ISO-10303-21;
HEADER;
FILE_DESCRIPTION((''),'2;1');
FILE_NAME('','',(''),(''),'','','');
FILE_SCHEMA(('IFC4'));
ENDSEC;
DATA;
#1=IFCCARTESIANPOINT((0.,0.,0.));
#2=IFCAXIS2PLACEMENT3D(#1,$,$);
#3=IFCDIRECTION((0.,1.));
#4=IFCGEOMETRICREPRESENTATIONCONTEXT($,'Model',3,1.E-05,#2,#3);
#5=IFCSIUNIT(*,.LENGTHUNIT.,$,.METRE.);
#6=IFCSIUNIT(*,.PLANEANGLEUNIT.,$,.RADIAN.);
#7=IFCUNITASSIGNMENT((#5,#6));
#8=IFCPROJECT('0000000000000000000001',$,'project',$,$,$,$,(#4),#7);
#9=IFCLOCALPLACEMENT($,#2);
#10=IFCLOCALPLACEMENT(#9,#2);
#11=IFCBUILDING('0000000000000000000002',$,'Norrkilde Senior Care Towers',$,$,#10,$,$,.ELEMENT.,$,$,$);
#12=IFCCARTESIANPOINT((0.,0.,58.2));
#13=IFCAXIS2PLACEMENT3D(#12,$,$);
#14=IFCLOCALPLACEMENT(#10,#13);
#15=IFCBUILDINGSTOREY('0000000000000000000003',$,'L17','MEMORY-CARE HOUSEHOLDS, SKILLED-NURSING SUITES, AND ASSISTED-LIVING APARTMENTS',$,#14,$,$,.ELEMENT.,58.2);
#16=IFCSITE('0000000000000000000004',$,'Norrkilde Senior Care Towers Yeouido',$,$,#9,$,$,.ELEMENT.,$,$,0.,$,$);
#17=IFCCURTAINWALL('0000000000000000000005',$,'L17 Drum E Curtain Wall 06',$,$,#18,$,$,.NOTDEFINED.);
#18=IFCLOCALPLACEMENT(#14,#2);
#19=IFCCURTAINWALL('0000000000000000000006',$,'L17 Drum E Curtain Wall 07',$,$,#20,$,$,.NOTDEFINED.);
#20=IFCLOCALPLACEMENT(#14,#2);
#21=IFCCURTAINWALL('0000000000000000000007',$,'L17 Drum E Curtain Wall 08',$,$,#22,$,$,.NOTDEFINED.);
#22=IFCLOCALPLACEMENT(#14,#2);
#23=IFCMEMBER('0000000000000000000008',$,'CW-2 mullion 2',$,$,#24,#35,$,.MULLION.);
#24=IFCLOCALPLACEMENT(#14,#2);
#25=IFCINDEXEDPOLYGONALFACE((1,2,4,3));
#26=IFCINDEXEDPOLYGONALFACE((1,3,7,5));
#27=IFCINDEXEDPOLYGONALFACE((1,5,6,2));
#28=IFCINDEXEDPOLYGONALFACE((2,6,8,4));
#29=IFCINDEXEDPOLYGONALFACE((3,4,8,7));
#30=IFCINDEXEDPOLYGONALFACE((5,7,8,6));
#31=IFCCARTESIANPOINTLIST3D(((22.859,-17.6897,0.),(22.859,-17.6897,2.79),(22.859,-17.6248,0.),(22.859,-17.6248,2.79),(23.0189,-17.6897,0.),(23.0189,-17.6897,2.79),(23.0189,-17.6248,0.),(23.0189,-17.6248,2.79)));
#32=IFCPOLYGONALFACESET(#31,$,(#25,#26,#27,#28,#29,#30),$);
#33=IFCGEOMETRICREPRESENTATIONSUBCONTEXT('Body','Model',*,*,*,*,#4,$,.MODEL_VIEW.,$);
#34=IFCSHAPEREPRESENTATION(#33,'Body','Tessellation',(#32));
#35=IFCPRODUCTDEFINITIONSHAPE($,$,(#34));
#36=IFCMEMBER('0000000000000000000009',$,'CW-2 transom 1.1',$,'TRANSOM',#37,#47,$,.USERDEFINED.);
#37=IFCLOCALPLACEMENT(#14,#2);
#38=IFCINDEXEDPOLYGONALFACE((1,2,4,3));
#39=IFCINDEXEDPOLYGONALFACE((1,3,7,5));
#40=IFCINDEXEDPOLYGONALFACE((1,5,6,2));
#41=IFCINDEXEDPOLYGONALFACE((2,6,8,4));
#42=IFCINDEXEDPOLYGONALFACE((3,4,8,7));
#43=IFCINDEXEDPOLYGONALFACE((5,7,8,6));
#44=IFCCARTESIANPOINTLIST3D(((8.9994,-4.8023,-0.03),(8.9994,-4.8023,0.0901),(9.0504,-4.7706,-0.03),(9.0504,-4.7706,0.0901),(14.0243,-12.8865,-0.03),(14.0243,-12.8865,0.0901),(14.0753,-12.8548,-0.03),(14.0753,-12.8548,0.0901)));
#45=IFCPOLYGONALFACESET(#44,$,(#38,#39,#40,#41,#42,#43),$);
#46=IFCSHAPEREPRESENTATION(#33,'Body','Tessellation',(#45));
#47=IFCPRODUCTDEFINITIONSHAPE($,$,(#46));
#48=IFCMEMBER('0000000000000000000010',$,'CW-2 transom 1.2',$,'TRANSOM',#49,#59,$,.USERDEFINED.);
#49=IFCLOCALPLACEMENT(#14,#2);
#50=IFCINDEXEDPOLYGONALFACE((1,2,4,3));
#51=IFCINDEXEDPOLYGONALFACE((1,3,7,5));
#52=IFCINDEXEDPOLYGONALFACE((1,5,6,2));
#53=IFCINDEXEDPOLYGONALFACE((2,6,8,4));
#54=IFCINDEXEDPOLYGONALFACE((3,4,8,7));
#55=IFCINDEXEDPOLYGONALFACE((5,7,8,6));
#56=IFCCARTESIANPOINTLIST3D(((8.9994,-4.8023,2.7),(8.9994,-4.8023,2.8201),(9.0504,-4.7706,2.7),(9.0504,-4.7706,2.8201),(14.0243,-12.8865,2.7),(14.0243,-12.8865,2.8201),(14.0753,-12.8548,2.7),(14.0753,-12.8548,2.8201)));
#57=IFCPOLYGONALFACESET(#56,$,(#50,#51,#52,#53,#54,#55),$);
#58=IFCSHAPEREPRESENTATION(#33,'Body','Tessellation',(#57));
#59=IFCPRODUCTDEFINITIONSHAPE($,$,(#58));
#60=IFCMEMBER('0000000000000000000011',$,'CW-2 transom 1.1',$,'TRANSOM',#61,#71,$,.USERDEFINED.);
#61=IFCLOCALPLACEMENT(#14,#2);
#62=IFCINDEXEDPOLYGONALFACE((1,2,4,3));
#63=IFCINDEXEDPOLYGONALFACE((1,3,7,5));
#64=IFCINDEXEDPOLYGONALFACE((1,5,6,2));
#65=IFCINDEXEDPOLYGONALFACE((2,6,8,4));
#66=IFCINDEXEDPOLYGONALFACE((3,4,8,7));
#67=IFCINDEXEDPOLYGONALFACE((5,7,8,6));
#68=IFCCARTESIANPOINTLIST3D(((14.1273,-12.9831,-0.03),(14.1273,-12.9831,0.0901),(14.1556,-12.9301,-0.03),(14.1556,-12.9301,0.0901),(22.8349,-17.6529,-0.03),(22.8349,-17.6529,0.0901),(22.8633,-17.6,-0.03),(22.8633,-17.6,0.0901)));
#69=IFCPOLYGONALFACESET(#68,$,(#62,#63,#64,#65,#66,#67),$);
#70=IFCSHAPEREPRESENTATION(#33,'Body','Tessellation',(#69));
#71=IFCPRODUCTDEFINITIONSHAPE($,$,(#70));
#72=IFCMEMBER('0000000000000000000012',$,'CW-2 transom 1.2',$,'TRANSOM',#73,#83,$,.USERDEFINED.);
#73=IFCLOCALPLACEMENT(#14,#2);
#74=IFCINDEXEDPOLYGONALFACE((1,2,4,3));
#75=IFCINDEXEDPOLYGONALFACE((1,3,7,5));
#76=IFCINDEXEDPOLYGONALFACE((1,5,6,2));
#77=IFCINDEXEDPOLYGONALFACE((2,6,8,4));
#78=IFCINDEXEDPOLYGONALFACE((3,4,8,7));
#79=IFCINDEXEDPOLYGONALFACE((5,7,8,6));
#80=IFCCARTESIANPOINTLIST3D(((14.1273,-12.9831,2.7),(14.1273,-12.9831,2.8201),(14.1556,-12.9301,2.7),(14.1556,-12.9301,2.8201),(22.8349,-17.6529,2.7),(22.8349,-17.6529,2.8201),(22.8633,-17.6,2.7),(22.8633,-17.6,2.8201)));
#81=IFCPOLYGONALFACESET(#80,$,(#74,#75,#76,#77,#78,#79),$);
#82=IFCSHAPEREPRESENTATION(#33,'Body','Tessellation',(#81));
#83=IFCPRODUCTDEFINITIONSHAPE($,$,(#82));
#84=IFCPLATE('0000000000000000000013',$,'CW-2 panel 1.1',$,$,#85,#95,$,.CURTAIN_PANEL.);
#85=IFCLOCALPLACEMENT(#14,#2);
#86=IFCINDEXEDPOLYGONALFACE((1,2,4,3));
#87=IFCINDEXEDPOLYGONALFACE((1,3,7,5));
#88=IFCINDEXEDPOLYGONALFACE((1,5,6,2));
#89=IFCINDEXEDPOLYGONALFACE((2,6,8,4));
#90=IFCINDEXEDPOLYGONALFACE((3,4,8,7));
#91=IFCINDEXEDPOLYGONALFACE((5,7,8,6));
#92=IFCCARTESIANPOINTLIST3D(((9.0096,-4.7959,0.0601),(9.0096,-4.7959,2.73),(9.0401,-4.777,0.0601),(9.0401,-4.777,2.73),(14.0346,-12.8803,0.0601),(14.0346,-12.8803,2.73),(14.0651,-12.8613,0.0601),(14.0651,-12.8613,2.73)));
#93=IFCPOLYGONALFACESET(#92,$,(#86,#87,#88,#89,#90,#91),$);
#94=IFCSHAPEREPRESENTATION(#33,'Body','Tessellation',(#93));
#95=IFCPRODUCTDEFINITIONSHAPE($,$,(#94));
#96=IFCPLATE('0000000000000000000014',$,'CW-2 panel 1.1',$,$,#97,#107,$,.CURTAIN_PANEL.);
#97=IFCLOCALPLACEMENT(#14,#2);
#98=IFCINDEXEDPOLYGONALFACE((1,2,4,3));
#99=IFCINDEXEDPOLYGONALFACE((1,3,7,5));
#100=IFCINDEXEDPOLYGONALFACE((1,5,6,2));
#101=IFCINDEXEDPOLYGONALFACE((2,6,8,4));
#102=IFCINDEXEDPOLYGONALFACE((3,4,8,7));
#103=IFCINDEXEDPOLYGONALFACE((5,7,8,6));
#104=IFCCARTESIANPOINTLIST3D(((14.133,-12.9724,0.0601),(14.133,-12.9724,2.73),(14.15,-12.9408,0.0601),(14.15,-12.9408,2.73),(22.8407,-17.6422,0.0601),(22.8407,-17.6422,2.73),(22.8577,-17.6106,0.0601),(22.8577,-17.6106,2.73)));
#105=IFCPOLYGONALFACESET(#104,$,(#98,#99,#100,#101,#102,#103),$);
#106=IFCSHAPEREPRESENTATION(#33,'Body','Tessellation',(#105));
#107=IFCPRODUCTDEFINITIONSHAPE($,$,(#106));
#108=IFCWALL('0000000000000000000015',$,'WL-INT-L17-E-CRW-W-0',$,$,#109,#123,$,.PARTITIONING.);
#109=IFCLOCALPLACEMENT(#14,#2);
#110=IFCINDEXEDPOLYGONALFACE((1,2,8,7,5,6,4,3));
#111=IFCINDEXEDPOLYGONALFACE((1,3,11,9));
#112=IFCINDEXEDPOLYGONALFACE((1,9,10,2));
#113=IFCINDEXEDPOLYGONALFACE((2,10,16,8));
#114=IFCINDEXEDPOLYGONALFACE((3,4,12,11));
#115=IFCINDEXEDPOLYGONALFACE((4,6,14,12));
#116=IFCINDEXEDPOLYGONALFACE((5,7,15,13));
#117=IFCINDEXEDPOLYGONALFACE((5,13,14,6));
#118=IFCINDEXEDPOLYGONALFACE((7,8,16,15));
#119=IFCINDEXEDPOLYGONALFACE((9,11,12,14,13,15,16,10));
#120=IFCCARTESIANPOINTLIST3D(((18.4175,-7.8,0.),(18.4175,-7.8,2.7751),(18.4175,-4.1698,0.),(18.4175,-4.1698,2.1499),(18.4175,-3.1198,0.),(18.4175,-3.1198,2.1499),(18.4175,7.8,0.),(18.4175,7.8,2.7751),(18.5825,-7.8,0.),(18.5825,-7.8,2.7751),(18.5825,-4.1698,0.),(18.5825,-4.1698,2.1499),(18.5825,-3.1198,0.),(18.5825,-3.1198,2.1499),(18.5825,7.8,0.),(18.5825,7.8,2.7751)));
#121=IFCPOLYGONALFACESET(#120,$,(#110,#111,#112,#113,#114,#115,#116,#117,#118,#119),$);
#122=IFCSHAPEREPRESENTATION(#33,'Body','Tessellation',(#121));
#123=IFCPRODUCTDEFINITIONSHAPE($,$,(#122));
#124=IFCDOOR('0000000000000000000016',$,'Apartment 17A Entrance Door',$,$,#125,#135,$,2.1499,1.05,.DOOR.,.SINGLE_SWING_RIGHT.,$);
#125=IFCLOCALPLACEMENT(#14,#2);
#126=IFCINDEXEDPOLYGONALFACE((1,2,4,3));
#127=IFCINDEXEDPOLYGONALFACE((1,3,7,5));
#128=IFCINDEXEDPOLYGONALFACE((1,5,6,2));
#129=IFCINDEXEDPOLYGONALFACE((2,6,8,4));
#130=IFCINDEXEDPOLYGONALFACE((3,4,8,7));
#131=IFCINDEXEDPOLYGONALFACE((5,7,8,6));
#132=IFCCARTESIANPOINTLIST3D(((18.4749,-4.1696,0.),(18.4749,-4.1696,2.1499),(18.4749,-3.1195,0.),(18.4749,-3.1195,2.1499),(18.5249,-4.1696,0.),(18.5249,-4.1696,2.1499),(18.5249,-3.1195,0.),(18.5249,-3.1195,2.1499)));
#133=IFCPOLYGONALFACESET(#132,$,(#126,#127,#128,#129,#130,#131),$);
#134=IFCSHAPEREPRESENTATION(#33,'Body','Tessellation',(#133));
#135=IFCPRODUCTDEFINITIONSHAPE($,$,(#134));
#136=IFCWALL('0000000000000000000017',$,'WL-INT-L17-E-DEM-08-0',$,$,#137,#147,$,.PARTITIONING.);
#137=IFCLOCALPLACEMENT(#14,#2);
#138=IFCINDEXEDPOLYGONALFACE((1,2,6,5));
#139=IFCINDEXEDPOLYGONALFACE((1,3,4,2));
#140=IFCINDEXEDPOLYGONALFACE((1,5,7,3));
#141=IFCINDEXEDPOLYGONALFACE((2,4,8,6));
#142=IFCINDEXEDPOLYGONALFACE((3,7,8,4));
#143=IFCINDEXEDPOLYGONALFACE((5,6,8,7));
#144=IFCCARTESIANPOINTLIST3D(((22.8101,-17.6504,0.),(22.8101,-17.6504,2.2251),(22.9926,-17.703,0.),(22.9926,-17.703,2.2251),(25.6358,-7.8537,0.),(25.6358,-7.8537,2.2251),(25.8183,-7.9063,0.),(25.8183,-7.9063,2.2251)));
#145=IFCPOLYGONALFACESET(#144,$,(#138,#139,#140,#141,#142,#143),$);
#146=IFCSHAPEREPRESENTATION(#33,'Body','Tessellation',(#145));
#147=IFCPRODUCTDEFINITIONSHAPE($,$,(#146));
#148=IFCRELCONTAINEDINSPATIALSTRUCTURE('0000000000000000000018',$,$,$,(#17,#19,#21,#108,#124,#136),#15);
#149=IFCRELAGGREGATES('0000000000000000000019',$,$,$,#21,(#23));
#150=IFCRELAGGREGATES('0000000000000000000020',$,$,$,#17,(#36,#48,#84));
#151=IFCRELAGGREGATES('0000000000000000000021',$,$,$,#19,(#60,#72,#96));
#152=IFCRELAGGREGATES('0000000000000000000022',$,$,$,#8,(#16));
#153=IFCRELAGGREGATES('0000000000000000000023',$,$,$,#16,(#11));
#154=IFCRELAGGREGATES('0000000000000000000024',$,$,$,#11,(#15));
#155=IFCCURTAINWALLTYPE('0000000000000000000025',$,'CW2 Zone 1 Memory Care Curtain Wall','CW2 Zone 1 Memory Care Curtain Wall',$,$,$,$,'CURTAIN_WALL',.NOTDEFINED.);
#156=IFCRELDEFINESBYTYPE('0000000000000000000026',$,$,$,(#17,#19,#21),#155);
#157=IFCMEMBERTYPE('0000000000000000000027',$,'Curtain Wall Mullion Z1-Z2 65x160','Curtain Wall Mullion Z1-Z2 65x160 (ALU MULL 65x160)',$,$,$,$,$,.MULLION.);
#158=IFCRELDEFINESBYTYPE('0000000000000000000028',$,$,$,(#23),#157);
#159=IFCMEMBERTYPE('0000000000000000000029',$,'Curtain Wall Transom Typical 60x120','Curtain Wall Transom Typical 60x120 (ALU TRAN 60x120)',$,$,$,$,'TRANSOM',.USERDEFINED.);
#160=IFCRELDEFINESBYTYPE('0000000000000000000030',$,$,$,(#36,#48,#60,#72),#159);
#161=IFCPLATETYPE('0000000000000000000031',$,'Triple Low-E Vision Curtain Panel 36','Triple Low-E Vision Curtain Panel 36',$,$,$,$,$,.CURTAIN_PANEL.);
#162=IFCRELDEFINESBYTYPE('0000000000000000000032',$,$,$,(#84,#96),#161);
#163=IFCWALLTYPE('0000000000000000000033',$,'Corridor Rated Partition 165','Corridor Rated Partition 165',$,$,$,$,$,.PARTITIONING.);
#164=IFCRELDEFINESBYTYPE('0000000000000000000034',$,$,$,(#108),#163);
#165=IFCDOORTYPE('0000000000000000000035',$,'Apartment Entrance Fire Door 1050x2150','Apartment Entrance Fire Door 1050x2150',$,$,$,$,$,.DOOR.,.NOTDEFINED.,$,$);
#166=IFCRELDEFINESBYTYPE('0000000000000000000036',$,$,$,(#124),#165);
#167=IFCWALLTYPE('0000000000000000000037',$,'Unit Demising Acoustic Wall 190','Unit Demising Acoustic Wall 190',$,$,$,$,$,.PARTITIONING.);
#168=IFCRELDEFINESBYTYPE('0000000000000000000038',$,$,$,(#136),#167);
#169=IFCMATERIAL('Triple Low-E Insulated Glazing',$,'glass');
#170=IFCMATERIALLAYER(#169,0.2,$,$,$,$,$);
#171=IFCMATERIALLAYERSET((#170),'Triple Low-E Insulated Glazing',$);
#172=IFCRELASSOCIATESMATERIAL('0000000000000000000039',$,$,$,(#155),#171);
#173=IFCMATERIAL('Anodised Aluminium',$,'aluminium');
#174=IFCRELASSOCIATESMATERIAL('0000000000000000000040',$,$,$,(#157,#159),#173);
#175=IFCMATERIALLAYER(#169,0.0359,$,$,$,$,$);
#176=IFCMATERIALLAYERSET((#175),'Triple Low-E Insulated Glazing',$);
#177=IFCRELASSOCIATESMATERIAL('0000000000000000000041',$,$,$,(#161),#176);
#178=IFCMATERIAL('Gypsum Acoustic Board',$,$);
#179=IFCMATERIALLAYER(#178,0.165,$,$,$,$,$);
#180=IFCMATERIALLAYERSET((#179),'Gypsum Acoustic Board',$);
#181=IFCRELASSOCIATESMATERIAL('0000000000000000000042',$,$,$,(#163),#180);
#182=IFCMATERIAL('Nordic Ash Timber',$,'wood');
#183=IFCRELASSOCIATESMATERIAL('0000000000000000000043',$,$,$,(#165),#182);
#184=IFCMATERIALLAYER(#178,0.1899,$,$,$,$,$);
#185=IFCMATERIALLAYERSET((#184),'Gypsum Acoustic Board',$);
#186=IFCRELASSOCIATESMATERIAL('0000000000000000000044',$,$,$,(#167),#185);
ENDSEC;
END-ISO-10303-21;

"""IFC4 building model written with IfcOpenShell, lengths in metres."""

from ifc_helpers import new_model, si_unit, direction, frame, frame_2d, origin, origin_2d, place, context, subcontext, project, spatial, rectangle, extrude, source, transform, mapped, material, layer, layer_set, material_profile, profile_set, type_object, type_shapes, element, fill, aggregate, save


model = new_model("IFC4")

# Units and contexts
model_context = context("Model", 3, precision=1e-05, world=origin(), true_north=direction((0.0, 1.0)))
body_context = subcontext(model_context, "Body", "Model", "MODEL_VIEW")
ifc_project = project(units=[si_unit("LENGTHUNIT", "METRE"), si_unit("PLANEANGLEUNIT", "RADIAN")], contexts=[model_context])

# Site, building, storey
site_placement = place(None, origin())
site = spatial("IfcSite", under=ifc_project, at=site_placement, Name="Norrkilde Senior Care Towers Yeouido", CompositionType="ELEMENT", RefElevation=0.0)
building_placement = place(site_placement, origin())
building = spatial("IfcBuilding", under=site, at=building_placement, Name="Norrkilde Senior Care Towers", CompositionType="ELEMENT")
storey_placement = place(building_placement, frame((0.0, 0.0, 58.2)))
storey = spatial("IfcBuildingStorey", under=building, at=storey_placement, Name="L17", Description="MEMORY-CARE HOUSEHOLDS, SKILLED-NURSING SUITES, AND ASSISTED-LIVING APARTMENTS", CompositionType="ELEMENT", Elevation=58.2)

# Curtain wall
ifc_material_1 = material(Name="Triple Low-E Insulated Glazing", Category="glass")
ifc_layer_1 = layer(ifc_material_1, 0.2)
ifc_layer_set_1 = layer_set([ifc_layer_1], Name="Triple Low-E Insulated Glazing")
curtain_wall_type = type_object("IfcCurtainWallType", Name="CW2 Zone 1 Memory Care Curtain Wall", Description="CW2 Zone 1 Memory Care Curtain Wall", ElementType="CURTAIN_WALL", PredefinedType="NOTDEFINED", material=ifc_layer_set_1)
curtain_wall_1_placement = place(storey_placement, origin())
curtain_wall_1 = element("IfcCurtainWall", 1, at=curtain_wall_1_placement, inside=storey, type_object=curtain_wall_type, Name="L17 Drum E Curtain Wall 06", PredefinedType="NOTDEFINED")
ifc_material_2 = material(Name="Anodised Aluminium", Category="aluminium")
ifc_material_profile_1 = material_profile(ifc_material_2, rectangle(XDim=0.0649, YDim=0.1599, at=origin_2d()), Name="ALU MULL 65x160")
ifc_profile_set_1 = profile_set([ifc_material_profile_1], Name="Anodised Aluminium")
member_type_1 = type_object("IfcMemberType", Name="Curtain Wall Mullion Z1-Z2 65x160", Description="Curtain Wall Mullion Z1-Z2 65x160 (ALU MULL 65x160)", PredefinedType="MULLION", material=ifc_profile_set_1)
shared_shape_1 = source(origin(), body_context, "Body", "SweptSolid", [
    extrude(rectangle(XDim=0.0649, YDim=0.1599, at=origin_2d()), origin(), (0.0, 0.0, 1.0), 2.79),
])
type_shapes(member_type_1, [shared_shape_1])

# Curtain wall
curtain_wall_2_placement = place(storey_placement, origin())
curtain_wall_2 = element("IfcCurtainWall", 2, at=curtain_wall_2_placement, inside=storey, type_object=curtain_wall_type, Name="L17 Drum E Curtain Wall 07", PredefinedType="NOTDEFINED")

# Curtain wall, member
curtain_wall_3_placement = place(storey_placement, origin())
curtain_wall_3 = element("IfcCurtainWall", 3, at=curtain_wall_3_placement, inside=storey, type_object=curtain_wall_type, Name="L17 Drum E Curtain Wall 08", PredefinedType="NOTDEFINED")
member_1_placement = place(storey_placement, frame((22.939, -17.6572, 0.0), z_axis=(0.0, 0.0, 1.0), x_axis=(0.0, -1.0, 0.0)))
member_1 = element("IfcMember", 4, at=member_1_placement, type_object=member_type_1, Name="CW-2 mullion 2", PredefinedType="MULLION", context=body_context, shape_type="MappedRepresentation", body=[
    mapped(shared_shape_1, transform((0.0, 0.0, 0.0), x_axis=(1.0, 0.0, 0.0), y_axis=(0.0, 1.0, 0.0), z_axis=(0.0, 0.0, 1.0), scale=1.0)),
])
aggregate(curtain_wall_3, [member_1])

# Members
ifc_material_profile_2 = material_profile(ifc_material_2, rectangle(XDim=0.0601, YDim=0.1201, at=origin_2d()), Name="ALU TRAN 60x120")
ifc_profile_set_2 = profile_set([ifc_material_profile_2], Name="Anodised Aluminium")
member_type_2 = type_object("IfcMemberType", Name="Curtain Wall Transom Typical 60x120", Description="Curtain Wall Transom Typical 60x120 (ALU TRAN 60x120)", ElementType="TRANSOM", PredefinedType="USERDEFINED", material=ifc_profile_set_2)
shared_shape_2 = source(origin(), body_context, "Body", "SweptSolid", [
    extrude(rectangle(XDim=0.0601, YDim=0.1201, at=origin_2d()), origin(), (0.0, 0.0, 1.0), 9.5186),
])
member_2_placement = place(storey_placement, frame((14.0498, -12.8706, 0.03), z_axis=(-0.527902, 0.849306, 0.0), x_axis=(-0.849306, -0.527902, 0.0)))
member_2 = element("IfcMember", 5, at=member_2_placement, type_object=member_type_2, Name="CW-2 transom 1.1", ObjectType="TRANSOM", PredefinedType="USERDEFINED", context=body_context, shape_type="MappedRepresentation", body=[
    mapped(shared_shape_2, transform((0.0, 0.0, 0.0), x_axis=(1.0, 0.0, 0.0), y_axis=(0.0, 1.0, 0.0), z_axis=(0.0, 0.0, 1.0), scale=1.0)),
])
member_3_placement = place(storey_placement, frame((14.0498, -12.8706, 2.76), z_axis=(-0.527902, 0.849306, 0.0), x_axis=(-0.849306, -0.527902, 0.0)))
member_3 = element("IfcMember", 6, at=member_3_placement, type_object=member_type_2, Name="CW-2 transom 1.2", ObjectType="TRANSOM", PredefinedType="USERDEFINED", context=body_context, shape_type="MappedRepresentation", body=[
    mapped(shared_shape_2, transform((0.0, 0.0, 0.0), x_axis=(1.0, 0.0, 0.0), y_axis=(0.0, 1.0, 0.0), z_axis=(0.0, 0.0, 1.0), scale=1.0)),
])
shared_shape_3 = source(origin(), body_context, "Body", "SweptSolid", [
    extrude(rectangle(XDim=0.0601, YDim=0.1201, at=origin_2d()), origin(), (0.0, 0.0, 1.0), 9.8809),
])
type_shapes(member_type_2, [shared_shape_2, shared_shape_3])
member_4_placement = place(storey_placement, frame((22.8491, -17.6265, 0.03), z_axis=(-0.881267, 0.472618, 0.0), x_axis=(-0.472618, -0.881267, 0.0)))
member_4 = element("IfcMember", 7, at=member_4_placement, type_object=member_type_2, Name="CW-2 transom 1.1", ObjectType="TRANSOM", PredefinedType="USERDEFINED", context=body_context, shape_type="MappedRepresentation", body=[
    mapped(shared_shape_3, transform((0.0, 0.0, 0.0), x_axis=(1.0, 0.0, 0.0), y_axis=(0.0, 1.0, 0.0), z_axis=(0.0, 0.0, 1.0), scale=1.0)),
])
member_5_placement = place(storey_placement, frame((22.8491, -17.6265, 2.76), z_axis=(-0.881267, 0.472618, 0.0), x_axis=(-0.472618, -0.881267, 0.0)))
member_5 = element("IfcMember", 8, at=member_5_placement, type_object=member_type_2, Name="CW-2 transom 1.2", ObjectType="TRANSOM", PredefinedType="USERDEFINED", context=body_context, shape_type="MappedRepresentation", body=[
    mapped(shared_shape_3, transform((0.0, 0.0, 0.0), x_axis=(1.0, 0.0, 0.0), y_axis=(0.0, 1.0, 0.0), z_axis=(0.0, 0.0, 1.0), scale=1.0)),
])

# Plates
ifc_layer_2 = layer(ifc_material_1, 0.0359)
ifc_layer_set_2 = layer_set([ifc_layer_2], Name="Triple Low-E Insulated Glazing")
plate_type = type_object("IfcPlateType", Name="Triple Low-E Vision Curtain Panel 36", Description="Triple Low-E Vision Curtain Panel 36", PredefinedType="CURTAIN_PANEL", material=ifc_layer_set_2)
shared_shape_4 = source(origin(), body_context, "Body", "SweptSolid", [
    extrude(rectangle(XDim=9.5188, YDim=0.0359, at=origin_2d()), origin(), (0.0, 0.0, 1.0), 2.6699),
])
plate_1_placement = place(storey_placement, frame((11.5374, -8.8286, 0.0601), z_axis=(0.0, 0.0, 1.0), x_axis=(-0.527901, 0.849306, 0.0)))
plate_1 = element("IfcPlate", 9, at=plate_1_placement, type_object=plate_type, Name="CW-2 panel 1.1", PredefinedType="CURTAIN_PANEL", context=body_context, shape_type="MappedRepresentation", body=[
    mapped(shared_shape_4, transform((0.0, 0.0, 0.0), x_axis=(1.0, 0.0, 0.0), y_axis=(0.0, 1.0, 0.0), z_axis=(0.0, 0.0, 1.0), scale=1.0)),
])
aggregate(curtain_wall_1, [member_2, member_3, plate_1])
shared_shape_5 = source(origin(), body_context, "Body", "SweptSolid", [
    extrude(rectangle(XDim=9.8809, YDim=0.0359, at=origin_2d()), origin(), (0.0, 0.0, 1.0), 2.6699),
])
type_shapes(plate_type, [shared_shape_4, shared_shape_5])
plate_2_placement = place(storey_placement, frame((18.4954, -15.2915, 0.0601), z_axis=(0.0, 0.0, 1.0), x_axis=(-0.881273, 0.472608, 0.0)))
plate_2 = element("IfcPlate", 10, at=plate_2_placement, type_object=plate_type, Name="CW-2 panel 1.1", PredefinedType="CURTAIN_PANEL", context=body_context, shape_type="MappedRepresentation", body=[
    mapped(shared_shape_5, transform((0.0, 0.0, 0.0), x_axis=(1.0, 0.0, 0.0), y_axis=(0.0, 1.0, 0.0), z_axis=(0.0, 0.0, 1.0), scale=1.0)),
])
aggregate(curtain_wall_2, [member_4, member_5, plate_2])

# Wall, opening, door
ifc_material_3 = material(Name="Gypsum Acoustic Board")
ifc_layer_3 = layer(ifc_material_3, 0.165)
ifc_layer_set_3 = layer_set([ifc_layer_3], Name="Gypsum Acoustic Board")
wall_type_1 = type_object("IfcWallType", Name="Corridor Rated Partition 165", Description="Corridor Rated Partition 165", PredefinedType="PARTITIONING", material=ifc_layer_set_3)
shared_shape_6 = source(origin(), body_context, "Body", "SweptSolid", [
    extrude(rectangle(XDim=15.6001, YDim=0.165, at=frame_2d((7.8, 0.0))), origin(), (0.0, 0.0, 1.0), 2.7751),
])
type_shapes(wall_type_1, [shared_shape_6])
wall_1_placement = place(storey_placement, frame((18.5, -7.8, 0.0), z_axis=(0.0, 0.0, 1.0), x_axis=(0.0, 1.0, 0.0)))
wall_1 = element("IfcWall", 11, at=wall_1_placement, inside=storey, type_object=wall_type_1, Name="WL-INT-L17-E-CRW-W-0", PredefinedType="PARTITIONING", context=body_context, shape_type="MappedRepresentation", body=[
    mapped(shared_shape_6, transform((0.0, 0.0, 0.0), x_axis=(1.0, 0.0, 0.0), y_axis=(0.0, 1.0, 0.0), z_axis=(0.0, 0.0, 1.0), scale=1.0)),
])
opening_1_placement = place(wall_1_placement, frame((3.6304, 0.0, 0.0)))
opening_1 = element("IfcOpeningElement", 12, at=opening_1_placement, cuts=wall_1, PredefinedType="OPENING", context=body_context, shape_type="SweptSolid", body=[
    extrude(rectangle(XDim=1.05, YDim=2.1499, at=frame_2d((0.5249, 1.075))), frame((0.0, 0.0925, 0.0), z_axis=(0.0, -1.0, 0.0), x_axis=(1.0, 0.0, 0.0)), (0.0, 0.0, 1.0), 0.1851),
])
ifc_material_4 = material(Name="Nordic Ash Timber", Category="wood")
door_type_1 = type_object("IfcDoorType", Name="Apartment Entrance Fire Door 1050x2150", Description="Apartment Entrance Fire Door 1050x2150", OperationType="NOTDEFINED", PredefinedType="DOOR", material=ifc_material_4)
shared_shape_7 = source(origin(), body_context, "Body", "SweptSolid", [
    extrude(rectangle(XDim=1.05, YDim=2.1499, at=frame_2d((0.5249, 1.075))), frame((0.0, 0.0249, 0.0), z_axis=(0.0, -1.0, 0.0), x_axis=(1.0, 0.0, 0.0)), (0.0, 0.0, 1.0), 0.05),
])
type_shapes(door_type_1, [shared_shape_7])
door_1_placement = place(opening_1_placement, frame((1.05, 0.0, 0.0), z_axis=(0.0, 0.0, 1.0), x_axis=(-1.0, 0.0, 0.0)))
door_1 = element("IfcDoor", 13, at=door_1_placement, inside=storey, type_object=door_type_1, Name="Apartment 17A Entrance Door", OperationType="SINGLE_SWING_RIGHT", OverallHeight=2.1499, OverallWidth=1.05, PredefinedType="DOOR", context=body_context, shape_type="MappedRepresentation", body=[
    mapped(shared_shape_7, transform((0.0, 0.0, 0.0), x_axis=(1.0, 0.0, 0.0), y_axis=(0.0, 1.0, 0.0), z_axis=(0.0, 0.0, 1.0), scale=1.0)),
])
fill(opening_1, door_1)

# Wall
ifc_layer_4 = layer(ifc_material_3, 0.1899)
ifc_layer_set_4 = layer_set([ifc_layer_4], Name="Gypsum Acoustic Board")
wall_type_2 = type_object("IfcWallType", Name="Unit Demising Acoustic Wall 190", Description="Unit Demising Acoustic Wall 190", PredefinedType="PARTITIONING", material=ifc_layer_set_4)
shared_shape_8 = source(origin(), body_context, "Body", "SweptSolid", [
    extrude(rectangle(XDim=10.196, YDim=0.1899, at=frame_2d((5.0981, 0.0))), origin(), (0.0, 0.0, 1.0), 2.2251),
])
type_shapes(wall_type_2, [shared_shape_8])
wall_2_placement = place(storey_placement, frame((25.7271, -7.8799, 0.0), z_axis=(0.0, 0.0, 1.0), x_axis=(-0.277136, -0.960831, 0.0)))
element("IfcWall", 14, at=wall_2_placement, inside=storey, type_object=wall_type_2, Name="WL-INT-L17-E-DEM-08-0", PredefinedType="PARTITIONING", context=body_context, shape_type="MappedRepresentation", body=[
    mapped(shared_shape_8, transform((0.0, 0.0, 0.0), x_axis=(1.0, 0.0, 0.0), y_axis=(0.0, 1.0, 0.0), z_axis=(0.0, 0.0, 1.0), scale=1.0)),
])

save(model, "model.ifc")
